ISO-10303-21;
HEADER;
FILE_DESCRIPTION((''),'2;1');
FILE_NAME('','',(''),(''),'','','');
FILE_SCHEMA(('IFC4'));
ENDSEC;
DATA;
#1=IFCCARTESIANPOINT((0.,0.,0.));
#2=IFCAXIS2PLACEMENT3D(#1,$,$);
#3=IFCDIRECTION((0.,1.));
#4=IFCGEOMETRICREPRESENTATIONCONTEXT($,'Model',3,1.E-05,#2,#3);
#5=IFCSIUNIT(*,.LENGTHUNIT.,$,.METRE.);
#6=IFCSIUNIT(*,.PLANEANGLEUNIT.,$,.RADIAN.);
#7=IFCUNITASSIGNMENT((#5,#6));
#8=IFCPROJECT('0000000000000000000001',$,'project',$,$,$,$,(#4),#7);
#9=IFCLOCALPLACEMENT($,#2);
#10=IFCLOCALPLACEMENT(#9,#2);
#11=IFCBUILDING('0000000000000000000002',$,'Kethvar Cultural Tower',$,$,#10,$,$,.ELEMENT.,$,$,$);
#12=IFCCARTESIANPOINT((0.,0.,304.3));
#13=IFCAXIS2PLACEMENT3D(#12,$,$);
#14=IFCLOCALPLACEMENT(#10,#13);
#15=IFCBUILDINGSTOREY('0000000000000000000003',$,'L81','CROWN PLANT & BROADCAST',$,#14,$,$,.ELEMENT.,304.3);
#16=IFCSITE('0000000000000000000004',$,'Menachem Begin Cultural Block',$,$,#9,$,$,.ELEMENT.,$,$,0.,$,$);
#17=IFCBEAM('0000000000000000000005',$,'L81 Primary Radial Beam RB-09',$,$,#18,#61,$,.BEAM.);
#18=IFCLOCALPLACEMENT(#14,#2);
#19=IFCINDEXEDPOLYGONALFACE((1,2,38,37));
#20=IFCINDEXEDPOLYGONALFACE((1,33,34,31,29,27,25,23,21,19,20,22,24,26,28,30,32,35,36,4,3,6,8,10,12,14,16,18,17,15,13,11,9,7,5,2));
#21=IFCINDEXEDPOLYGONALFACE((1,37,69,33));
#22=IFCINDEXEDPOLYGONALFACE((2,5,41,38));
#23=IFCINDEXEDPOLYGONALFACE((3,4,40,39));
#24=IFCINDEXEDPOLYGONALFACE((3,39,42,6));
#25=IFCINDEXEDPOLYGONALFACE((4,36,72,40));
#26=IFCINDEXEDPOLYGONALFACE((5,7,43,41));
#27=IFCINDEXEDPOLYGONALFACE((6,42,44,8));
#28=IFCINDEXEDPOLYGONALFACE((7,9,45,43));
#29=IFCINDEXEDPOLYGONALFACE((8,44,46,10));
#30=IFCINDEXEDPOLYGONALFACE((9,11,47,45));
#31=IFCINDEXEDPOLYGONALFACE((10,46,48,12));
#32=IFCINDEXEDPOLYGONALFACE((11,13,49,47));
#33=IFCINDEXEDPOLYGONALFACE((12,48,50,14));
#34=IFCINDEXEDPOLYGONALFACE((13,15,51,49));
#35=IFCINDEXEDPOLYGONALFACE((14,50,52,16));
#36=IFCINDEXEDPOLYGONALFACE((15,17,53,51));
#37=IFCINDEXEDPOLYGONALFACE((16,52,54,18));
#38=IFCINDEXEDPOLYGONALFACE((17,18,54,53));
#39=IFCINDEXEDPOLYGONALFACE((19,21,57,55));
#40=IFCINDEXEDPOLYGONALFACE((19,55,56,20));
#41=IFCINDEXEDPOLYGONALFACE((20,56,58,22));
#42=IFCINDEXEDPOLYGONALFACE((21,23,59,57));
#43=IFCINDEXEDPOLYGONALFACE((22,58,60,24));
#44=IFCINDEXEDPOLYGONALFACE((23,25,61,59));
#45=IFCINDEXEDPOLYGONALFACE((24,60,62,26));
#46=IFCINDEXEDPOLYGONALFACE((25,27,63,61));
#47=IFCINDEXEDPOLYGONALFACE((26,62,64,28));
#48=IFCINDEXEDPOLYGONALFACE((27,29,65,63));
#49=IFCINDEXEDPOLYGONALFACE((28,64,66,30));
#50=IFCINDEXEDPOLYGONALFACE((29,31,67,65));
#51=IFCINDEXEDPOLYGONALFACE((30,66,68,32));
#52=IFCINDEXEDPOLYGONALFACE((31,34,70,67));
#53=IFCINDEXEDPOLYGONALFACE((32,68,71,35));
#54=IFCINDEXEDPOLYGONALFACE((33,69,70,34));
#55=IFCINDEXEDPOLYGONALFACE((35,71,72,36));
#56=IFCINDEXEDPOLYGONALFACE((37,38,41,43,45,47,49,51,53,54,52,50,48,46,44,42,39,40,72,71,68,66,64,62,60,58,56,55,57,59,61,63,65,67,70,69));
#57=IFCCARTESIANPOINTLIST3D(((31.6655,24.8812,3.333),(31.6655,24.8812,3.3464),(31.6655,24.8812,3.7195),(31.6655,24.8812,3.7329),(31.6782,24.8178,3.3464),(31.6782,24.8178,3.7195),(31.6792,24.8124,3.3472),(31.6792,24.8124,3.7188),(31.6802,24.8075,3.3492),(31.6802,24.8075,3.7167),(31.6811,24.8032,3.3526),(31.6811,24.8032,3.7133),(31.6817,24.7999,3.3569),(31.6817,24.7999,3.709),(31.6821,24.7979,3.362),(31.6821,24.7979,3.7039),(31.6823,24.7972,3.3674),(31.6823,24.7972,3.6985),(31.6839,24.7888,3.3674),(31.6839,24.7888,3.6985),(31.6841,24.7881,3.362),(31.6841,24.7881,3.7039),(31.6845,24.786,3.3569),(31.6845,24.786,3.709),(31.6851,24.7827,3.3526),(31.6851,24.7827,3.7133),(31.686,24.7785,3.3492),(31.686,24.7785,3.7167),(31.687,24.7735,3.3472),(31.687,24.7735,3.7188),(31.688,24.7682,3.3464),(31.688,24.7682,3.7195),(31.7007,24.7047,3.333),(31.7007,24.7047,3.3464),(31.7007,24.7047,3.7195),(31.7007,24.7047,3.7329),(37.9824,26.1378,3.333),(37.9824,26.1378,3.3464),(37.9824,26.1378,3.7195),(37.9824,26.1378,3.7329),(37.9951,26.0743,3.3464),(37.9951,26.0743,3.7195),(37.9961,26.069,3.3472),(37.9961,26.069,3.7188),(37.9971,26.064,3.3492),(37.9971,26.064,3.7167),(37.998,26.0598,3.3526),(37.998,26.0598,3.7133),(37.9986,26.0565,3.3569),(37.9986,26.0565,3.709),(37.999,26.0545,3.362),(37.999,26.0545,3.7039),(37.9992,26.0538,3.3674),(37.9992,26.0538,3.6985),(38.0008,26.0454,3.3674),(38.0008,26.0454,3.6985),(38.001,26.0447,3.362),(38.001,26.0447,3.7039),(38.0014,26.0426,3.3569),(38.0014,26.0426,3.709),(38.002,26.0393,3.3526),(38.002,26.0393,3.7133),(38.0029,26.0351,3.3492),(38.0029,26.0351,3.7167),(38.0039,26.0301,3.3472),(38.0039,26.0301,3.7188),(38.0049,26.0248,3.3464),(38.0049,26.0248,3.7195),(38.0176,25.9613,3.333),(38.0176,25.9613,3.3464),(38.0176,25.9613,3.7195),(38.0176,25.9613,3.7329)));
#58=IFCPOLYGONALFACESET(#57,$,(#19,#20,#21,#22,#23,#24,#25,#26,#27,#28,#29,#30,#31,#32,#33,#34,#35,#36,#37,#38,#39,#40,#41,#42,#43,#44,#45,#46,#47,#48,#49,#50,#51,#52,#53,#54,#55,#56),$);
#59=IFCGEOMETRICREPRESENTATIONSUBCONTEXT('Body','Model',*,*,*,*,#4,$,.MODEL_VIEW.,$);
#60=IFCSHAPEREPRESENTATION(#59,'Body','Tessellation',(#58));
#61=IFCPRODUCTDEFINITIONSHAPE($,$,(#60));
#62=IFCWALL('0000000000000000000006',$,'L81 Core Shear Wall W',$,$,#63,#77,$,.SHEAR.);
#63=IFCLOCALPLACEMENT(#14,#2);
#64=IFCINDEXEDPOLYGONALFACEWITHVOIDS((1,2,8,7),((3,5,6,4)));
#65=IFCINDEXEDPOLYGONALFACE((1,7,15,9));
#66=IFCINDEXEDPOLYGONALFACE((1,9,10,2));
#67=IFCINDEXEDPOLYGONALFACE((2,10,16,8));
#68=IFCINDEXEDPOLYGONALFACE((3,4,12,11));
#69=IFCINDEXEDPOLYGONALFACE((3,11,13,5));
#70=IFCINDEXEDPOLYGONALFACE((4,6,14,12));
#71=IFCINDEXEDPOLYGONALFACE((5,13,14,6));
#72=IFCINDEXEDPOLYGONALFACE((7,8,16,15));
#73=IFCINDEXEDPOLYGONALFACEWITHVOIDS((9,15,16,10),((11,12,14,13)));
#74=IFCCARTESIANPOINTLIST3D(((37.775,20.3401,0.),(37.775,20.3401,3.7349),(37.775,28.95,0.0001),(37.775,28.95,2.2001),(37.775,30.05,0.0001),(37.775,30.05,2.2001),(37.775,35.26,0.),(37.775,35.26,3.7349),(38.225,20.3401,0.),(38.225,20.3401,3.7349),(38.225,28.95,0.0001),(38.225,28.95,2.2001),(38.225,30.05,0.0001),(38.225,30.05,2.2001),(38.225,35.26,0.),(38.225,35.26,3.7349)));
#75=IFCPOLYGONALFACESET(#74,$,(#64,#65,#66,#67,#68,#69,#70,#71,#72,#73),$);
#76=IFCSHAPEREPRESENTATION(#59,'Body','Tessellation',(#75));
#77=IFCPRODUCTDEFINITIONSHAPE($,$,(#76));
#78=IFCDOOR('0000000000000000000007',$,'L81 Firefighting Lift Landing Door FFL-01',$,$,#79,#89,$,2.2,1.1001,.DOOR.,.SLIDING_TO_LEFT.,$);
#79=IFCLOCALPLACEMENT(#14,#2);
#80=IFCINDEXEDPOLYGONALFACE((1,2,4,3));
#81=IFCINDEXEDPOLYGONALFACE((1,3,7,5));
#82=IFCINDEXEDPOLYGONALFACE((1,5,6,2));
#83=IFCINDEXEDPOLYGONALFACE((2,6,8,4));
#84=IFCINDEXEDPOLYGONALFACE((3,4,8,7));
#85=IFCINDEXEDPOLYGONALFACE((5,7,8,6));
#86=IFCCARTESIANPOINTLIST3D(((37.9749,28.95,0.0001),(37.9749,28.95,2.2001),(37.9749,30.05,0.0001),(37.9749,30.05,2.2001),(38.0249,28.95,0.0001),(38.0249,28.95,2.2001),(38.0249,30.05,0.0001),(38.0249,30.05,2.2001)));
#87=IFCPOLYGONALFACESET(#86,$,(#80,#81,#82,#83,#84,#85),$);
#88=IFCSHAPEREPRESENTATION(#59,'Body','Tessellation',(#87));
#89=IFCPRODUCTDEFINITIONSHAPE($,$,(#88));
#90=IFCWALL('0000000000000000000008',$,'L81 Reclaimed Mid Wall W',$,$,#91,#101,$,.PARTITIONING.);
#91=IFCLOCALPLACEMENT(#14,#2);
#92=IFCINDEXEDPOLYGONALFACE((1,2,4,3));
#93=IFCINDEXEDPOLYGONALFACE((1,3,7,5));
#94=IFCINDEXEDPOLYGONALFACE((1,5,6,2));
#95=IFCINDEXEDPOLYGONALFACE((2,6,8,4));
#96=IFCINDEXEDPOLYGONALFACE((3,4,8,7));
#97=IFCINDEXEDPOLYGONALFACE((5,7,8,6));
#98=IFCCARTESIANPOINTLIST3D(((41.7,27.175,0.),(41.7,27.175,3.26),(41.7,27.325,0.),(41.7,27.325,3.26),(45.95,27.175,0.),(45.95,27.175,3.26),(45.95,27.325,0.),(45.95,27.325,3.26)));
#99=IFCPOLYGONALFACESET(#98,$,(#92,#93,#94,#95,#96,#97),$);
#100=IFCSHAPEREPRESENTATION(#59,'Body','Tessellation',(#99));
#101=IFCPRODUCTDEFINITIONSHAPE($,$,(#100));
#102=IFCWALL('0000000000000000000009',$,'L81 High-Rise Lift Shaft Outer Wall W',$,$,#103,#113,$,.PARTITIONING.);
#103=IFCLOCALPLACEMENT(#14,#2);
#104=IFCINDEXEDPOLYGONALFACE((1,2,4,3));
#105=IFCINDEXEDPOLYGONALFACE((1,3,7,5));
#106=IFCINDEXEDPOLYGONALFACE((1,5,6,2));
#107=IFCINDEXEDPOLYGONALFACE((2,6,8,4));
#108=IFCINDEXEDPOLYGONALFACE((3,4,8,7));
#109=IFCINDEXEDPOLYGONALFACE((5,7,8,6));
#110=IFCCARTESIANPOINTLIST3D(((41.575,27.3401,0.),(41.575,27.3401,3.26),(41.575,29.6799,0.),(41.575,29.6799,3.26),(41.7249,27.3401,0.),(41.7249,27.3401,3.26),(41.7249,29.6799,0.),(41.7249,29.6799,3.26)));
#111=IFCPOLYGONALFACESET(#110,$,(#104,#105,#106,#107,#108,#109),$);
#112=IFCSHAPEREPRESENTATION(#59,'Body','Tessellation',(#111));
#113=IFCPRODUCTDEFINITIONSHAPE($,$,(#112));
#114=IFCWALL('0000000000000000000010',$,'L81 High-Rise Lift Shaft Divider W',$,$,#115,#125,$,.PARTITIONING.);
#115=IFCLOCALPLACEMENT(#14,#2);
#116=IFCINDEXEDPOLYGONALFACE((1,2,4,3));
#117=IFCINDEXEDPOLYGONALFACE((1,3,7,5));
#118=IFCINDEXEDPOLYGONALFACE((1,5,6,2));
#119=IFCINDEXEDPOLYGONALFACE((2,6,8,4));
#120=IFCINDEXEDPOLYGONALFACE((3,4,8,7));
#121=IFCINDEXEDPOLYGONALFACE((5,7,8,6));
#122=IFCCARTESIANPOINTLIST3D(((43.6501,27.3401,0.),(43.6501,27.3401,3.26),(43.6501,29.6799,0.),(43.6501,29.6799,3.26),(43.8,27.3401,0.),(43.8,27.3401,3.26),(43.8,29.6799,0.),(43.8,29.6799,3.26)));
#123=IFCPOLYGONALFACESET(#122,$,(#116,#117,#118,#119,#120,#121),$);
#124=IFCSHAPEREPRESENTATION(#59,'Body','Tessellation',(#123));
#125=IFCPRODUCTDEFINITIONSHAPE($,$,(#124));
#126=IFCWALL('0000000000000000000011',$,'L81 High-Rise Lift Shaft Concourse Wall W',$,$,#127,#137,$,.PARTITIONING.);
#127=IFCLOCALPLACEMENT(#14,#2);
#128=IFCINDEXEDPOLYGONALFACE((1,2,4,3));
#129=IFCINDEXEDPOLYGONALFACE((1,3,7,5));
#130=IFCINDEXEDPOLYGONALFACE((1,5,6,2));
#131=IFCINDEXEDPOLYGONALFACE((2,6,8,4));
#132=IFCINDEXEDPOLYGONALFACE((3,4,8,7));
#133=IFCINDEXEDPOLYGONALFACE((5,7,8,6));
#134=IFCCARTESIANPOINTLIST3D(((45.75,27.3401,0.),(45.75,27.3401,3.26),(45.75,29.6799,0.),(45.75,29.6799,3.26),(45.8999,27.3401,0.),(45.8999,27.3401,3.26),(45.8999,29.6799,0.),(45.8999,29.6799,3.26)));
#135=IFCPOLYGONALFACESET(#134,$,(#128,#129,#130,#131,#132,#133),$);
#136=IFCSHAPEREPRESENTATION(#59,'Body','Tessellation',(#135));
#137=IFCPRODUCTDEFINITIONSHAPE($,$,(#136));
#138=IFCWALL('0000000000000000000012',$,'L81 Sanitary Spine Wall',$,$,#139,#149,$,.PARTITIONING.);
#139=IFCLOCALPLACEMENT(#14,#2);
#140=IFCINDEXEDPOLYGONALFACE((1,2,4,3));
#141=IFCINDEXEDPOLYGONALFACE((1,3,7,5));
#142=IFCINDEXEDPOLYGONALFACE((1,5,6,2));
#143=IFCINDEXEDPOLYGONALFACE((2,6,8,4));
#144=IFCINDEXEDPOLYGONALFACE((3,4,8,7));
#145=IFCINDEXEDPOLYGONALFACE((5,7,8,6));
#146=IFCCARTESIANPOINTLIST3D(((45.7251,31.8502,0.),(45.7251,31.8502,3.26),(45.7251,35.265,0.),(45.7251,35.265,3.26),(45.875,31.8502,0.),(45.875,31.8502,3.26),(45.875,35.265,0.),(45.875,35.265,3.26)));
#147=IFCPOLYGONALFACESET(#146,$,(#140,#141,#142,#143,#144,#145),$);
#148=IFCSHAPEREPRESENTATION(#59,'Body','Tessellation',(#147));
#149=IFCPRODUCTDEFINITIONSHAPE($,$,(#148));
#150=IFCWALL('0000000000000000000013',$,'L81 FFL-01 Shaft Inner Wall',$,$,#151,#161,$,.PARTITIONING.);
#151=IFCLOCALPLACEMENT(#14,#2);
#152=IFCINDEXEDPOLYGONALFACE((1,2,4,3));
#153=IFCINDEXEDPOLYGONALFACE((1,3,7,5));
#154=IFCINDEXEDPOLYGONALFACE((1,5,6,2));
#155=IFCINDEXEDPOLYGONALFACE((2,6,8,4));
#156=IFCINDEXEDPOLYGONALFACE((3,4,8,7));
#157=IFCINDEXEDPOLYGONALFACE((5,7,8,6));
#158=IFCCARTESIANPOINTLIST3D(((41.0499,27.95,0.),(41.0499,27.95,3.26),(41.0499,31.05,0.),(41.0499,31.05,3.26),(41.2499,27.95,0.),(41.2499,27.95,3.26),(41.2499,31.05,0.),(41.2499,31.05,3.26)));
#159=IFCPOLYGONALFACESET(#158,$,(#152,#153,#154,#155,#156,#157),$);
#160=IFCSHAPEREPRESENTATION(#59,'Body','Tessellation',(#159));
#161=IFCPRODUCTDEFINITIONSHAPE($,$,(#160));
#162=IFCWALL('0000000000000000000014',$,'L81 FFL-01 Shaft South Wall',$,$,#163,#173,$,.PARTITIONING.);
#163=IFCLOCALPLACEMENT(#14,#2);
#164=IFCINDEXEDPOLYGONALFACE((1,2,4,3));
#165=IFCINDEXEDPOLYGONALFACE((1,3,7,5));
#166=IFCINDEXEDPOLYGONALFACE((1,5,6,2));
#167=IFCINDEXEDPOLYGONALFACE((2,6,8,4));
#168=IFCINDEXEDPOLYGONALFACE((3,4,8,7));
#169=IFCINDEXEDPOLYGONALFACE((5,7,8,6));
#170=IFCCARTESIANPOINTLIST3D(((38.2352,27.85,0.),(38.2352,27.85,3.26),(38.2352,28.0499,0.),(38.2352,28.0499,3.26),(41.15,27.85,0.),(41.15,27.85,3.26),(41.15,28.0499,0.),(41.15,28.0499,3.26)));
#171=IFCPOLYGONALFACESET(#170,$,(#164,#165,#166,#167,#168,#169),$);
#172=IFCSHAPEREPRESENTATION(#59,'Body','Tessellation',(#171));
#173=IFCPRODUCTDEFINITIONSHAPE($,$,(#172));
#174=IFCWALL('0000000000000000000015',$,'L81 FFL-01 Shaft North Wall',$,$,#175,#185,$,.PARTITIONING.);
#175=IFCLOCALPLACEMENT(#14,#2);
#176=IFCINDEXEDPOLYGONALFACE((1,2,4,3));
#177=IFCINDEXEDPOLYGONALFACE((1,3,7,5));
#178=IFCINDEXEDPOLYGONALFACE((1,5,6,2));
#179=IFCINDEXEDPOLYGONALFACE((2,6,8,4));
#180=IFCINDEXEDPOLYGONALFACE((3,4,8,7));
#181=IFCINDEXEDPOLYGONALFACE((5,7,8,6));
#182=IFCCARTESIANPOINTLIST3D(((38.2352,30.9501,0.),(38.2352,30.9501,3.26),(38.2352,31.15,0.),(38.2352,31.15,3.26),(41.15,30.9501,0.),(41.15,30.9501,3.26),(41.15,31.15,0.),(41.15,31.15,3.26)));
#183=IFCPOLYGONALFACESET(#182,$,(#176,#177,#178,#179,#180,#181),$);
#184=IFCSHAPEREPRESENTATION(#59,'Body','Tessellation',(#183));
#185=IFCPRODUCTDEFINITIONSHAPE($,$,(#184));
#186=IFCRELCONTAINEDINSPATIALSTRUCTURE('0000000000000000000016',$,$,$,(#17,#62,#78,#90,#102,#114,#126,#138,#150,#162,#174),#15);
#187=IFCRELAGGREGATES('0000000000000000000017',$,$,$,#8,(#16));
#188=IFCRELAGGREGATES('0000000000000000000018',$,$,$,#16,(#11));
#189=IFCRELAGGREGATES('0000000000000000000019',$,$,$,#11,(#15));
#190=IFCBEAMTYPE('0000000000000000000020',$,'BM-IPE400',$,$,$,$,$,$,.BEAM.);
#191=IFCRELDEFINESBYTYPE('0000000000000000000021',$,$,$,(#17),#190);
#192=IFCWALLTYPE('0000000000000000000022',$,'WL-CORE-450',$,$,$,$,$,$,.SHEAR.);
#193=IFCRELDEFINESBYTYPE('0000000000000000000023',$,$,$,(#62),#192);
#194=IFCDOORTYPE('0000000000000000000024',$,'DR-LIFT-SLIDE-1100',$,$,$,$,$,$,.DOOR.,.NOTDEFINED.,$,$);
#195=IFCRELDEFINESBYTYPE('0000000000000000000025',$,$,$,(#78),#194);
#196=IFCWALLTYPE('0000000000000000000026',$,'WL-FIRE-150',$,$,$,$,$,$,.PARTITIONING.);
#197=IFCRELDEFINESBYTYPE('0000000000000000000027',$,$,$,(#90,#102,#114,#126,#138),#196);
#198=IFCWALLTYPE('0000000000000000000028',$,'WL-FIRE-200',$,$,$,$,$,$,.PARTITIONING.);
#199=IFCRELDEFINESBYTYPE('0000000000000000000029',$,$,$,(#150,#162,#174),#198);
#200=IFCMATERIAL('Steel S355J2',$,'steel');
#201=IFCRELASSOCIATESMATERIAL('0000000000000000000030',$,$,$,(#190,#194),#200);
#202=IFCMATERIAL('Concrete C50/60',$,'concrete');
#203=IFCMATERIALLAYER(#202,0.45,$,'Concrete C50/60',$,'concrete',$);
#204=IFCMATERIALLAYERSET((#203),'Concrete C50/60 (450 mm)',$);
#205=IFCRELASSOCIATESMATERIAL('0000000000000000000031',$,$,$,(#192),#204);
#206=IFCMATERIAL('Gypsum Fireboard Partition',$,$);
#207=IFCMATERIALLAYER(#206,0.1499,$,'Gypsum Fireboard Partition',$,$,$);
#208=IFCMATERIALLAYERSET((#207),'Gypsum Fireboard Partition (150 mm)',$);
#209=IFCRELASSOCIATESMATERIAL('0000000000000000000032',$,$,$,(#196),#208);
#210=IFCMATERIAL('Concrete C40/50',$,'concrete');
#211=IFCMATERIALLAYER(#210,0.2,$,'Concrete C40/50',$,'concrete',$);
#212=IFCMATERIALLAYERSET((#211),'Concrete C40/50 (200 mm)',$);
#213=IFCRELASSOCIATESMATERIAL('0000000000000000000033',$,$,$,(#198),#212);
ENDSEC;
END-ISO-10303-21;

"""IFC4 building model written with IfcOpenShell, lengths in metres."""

from ifc_helpers import new_model, si_unit, direction, frame, frame_2d, origin, origin_2d, place, context, subcontext, project, spatial, rectangle, i_section, extrude, source, transform, mapped, material, layer, layer_set, material_profile, profile_set, type_object, element, fill, save


model = new_model("IFC4")

# Units and contexts
model_context = context("Model", 3, precision=1e-05, world=origin(), true_north=direction((0.0, 1.0)))
body_context = subcontext(model_context, "Body", "Model", "MODEL_VIEW")
ifc_project = project(units=[si_unit("LENGTHUNIT", "METRE"), si_unit("PLANEANGLEUNIT", "RADIAN")], contexts=[model_context])

# Site, building, storey
site_placement = place(None, origin())
site = spatial("IfcSite", under=ifc_project, at=site_placement, Name="Menachem Begin Cultural Block", CompositionType="ELEMENT", RefElevation=0.0)
building_placement = place(site_placement, origin())
building = spatial("IfcBuilding", under=site, at=building_placement, Name="Kethvar Cultural Tower", CompositionType="ELEMENT")
storey_placement = place(building_placement, frame((0.0, 0.0, 304.3)))
storey = spatial("IfcBuildingStorey", under=building, at=storey_placement, Name="L81", Description="CROWN PLANT & BROADCAST", CompositionType="ELEMENT", Elevation=304.3)

# Beam
ifc_material_1 = material(Name="Steel S355J2", Category="steel")
ifc_material_profile_1 = material_profile(ifc_material_1, i_section(OverallWidth=0.1799, OverallDepth=0.3999, WebThickness=0.0085, FlangeThickness=0.0134, FilletRadius=0.021, at=origin_2d()), Name="Steel S355J2 — IPE400")
ifc_profile_set_1 = profile_set([ifc_material_profile_1], Name="Steel S355J2 — IPE400")
beam_type_1 = type_object("IfcBeamType", Name="BM-IPE400", PredefinedType="BEAM", material=ifc_profile_set_1)
shared_shape_1 = source(origin(), body_context, "Body", "SweptSolid", [
    extrude(i_section(OverallWidth=0.1799, OverallDepth=0.3999, WebThickness=0.0085, FlangeThickness=0.0134, FilletRadius=0.021, at=origin_2d()), origin(), (0.0, 0.0, 1.0), 6.4407),
])
beam_1_placement = place(storey_placement, frame((38.0, 26.0496, 3.533), z_axis=(-0.980783, -0.195103, 0.0), x_axis=(0.195103, -0.980783, 0.0)))
element("IfcBeam", 1, at=beam_1_placement, inside=storey, type_object=beam_type_1, Name="L81 Primary Radial Beam RB-09", PredefinedType="BEAM", context=body_context, shape_type="MappedRepresentation", body=[
    mapped(shared_shape_1, transform((0.0, 0.0, 0.0), scale=1.0)),
])

# Wall, opening, door
ifc_material_2 = material(Name="Concrete C50/60", Category="concrete")
ifc_layer_1 = layer(ifc_material_2, 0.45, Name="Concrete C50/60", Category="concrete")
ifc_layer_set_1 = layer_set([ifc_layer_1], Name="Concrete C50/60 (450 mm)")
wall_type_1 = type_object("IfcWallType", Name="WL-CORE-450", PredefinedType="SHEAR", material=ifc_layer_set_1)
wall_1_placement = place(storey_placement, frame((38.0, 35.26, 0.0), z_axis=(0.0, 0.0, 1.0), x_axis=(0.0, -1.0, 0.0)))
wall_1 = element("IfcWall", 2, at=wall_1_placement, inside=storey, type_object=wall_type_1, Name="L81 Core Shear Wall W", PredefinedType="SHEAR", context=body_context, shape_type="SweptSolid", body=[
    extrude(rectangle(XDim=14.9199, YDim=0.45, at=frame_2d((7.46, 0.0))), origin(), (0.0, 0.0, 1.0), 3.7349),
])
opening_placement = place(wall_1_placement, frame((5.21, 0.0, 0.0)))
opening = element("IfcOpeningElement", 3, at=opening_placement, cuts=wall_1, PredefinedType="OPENING", context=body_context, shape_type="SweptSolid", body=[
    extrude(rectangle(XDim=1.1001, YDim=2.2, at=frame_2d((0.55, 1.1001))), frame((0.0, 0.2349, 0.0), z_axis=(0.0, -1.0, 0.0), x_axis=(1.0, 0.0, 0.0)), (0.0, 0.0, 1.0), 0.47),
])
door_type = type_object("IfcDoorType", Name="DR-LIFT-SLIDE-1100", OperationType="NOTDEFINED", PredefinedType="DOOR", material=ifc_material_1)
shared_shape_2 = source(origin(), body_context, "Body", "SweptSolid", [
    extrude(rectangle(XDim=1.1001, YDim=2.2, at=frame_2d((0.55, 1.1001))), frame((0.0, 0.0249, 0.0), z_axis=(0.0, -1.0, 0.0), x_axis=(1.0, 0.0, 0.0)), (0.0, 0.0, 1.0), 0.05),
])
door_placement = place(opening_placement, origin())
door = element("IfcDoor", 4, at=door_placement, inside=storey, type_object=door_type, Name="L81 Firefighting Lift Landing Door FFL-01", OperationType="SLIDING_TO_LEFT", OverallHeight=2.2, OverallWidth=1.1001, PredefinedType="DOOR", context=body_context, shape_type="MappedRepresentation", body=[
    mapped(shared_shape_2, transform((0.0, 0.0, 0.0), scale=1.0)),
])
fill(opening, door)

# Walls
ifc_material_3 = material(Name="Gypsum Fireboard Partition")
ifc_layer_2 = layer(ifc_material_3, 0.1499, Name="Gypsum Fireboard Partition")
ifc_layer_set_2 = layer_set([ifc_layer_2], Name="Gypsum Fireboard Partition (150 mm)")
wall_type_2 = type_object("IfcWallType", Name="WL-FIRE-150", PredefinedType="PARTITIONING", material=ifc_layer_set_2)
wall_2_placement = place(storey_placement, frame((41.7, 27.25, 0.0), z_axis=(0.0, 0.0, 1.0), x_axis=(1.0, 0.0, 0.0)))
element("IfcWall", 5, at=wall_2_placement, inside=storey, type_object=wall_type_2, Name="L81 Reclaimed Mid Wall W", PredefinedType="PARTITIONING", context=body_context, shape_type="SweptSolid", body=[
    extrude(rectangle(XDim=4.25, YDim=0.1499, at=frame_2d((2.125, 0.0))), origin(), (0.0, 0.0, 1.0), 3.26),
])
for number, where, z_axis, x_axis, name in (
    (6, (41.6499, 27.3401, 0.0), (0.0, 0.0, 1.0), (0.0, 1.0, 0.0), "L81 High-Rise Lift Shaft Outer Wall W"),
    (7, (43.7251, 27.3401, 0.0), (0.0, 0.0, 1.0), (0.0, 1.0, 0.0), "L81 High-Rise Lift Shaft Divider W"),
    (8, (45.825, 27.3401, 0.0), (0.0, 0.0, 1.0), (0.0, 1.0, 0.0), "L81 High-Rise Lift Shaft Concourse Wall W"),
):
    element("IfcWall", number, at=place(storey_placement, frame(where, z_axis=z_axis, x_axis=x_axis)), inside=storey, type_object=wall_type_2, Name=name, PredefinedType="PARTITIONING", context=body_context, shape_type="SweptSolid", body=[
        extrude(rectangle(XDim=2.3398, YDim=0.1499, at=frame_2d((1.1699, 0.0))), origin(), (0.0, 0.0, 1.0), 3.26),
    ])
wall_3_placement = place(storey_placement, frame((45.8, 31.8501, 0.0), z_axis=(0.0, 0.0, 1.0), x_axis=(0.0, 1.0, 0.0)))
element("IfcWall", 9, at=wall_3_placement, inside=storey, type_object=wall_type_2, Name="L81 Sanitary Spine Wall", PredefinedType="PARTITIONING", context=body_context, shape_type="SweptSolid", body=[
    extrude(rectangle(XDim=3.4148, YDim=0.1499, at=frame_2d((1.7075, 0.0))), origin(), (0.0, 0.0, 1.0), 3.26),
])
ifc_material_4 = material(Name="Concrete C40/50", Category="concrete")
ifc_layer_3 = layer(ifc_material_4, 0.2, Name="Concrete C40/50", Category="concrete")
ifc_layer_set_3 = layer_set([ifc_layer_3], Name="Concrete C40/50 (200 mm)")
wall_type_3 = type_object("IfcWallType", Name="WL-FIRE-200", PredefinedType="PARTITIONING", material=ifc_layer_set_3)
wall_4_placement = place(storey_placement, frame((41.1499, 27.95, 0.0), z_axis=(0.0, 0.0, 1.0), x_axis=(0.0, 1.0, 0.0)))
element("IfcWall", 10, at=wall_4_placement, inside=storey, type_object=wall_type_3, Name="L81 FFL-01 Shaft Inner Wall", PredefinedType="PARTITIONING", context=body_context, shape_type="SweptSolid", body=[
    extrude(rectangle(XDim=3.1001, YDim=0.2, at=frame_2d((1.55, 0.0))), origin(), (0.0, 0.0, 1.0), 3.26),
])
for number, where, z_axis, x_axis, name in (
    (11, (38.2351, 27.95, 0.0), (0.0, 0.0, 1.0), (1.0, 0.0, 0.0), "L81 FFL-01 Shaft South Wall"),
    (12, (38.2351, 31.05, 0.0), (0.0, 0.0, 1.0), (1.0, 0.0, 0.0), "L81 FFL-01 Shaft North Wall"),
):
    element("IfcWall", number, at=place(storey_placement, frame(where, z_axis=z_axis, x_axis=x_axis)), inside=storey, type_object=wall_type_3, Name=name, PredefinedType="PARTITIONING", context=body_context, shape_type="SweptSolid", body=[
        extrude(rectangle(XDim=2.9148, YDim=0.2, at=frame_2d((1.4575, 0.0))), origin(), (0.0, 0.0, 1.0), 3.26),
    ])

save(model, "model.ifc")
